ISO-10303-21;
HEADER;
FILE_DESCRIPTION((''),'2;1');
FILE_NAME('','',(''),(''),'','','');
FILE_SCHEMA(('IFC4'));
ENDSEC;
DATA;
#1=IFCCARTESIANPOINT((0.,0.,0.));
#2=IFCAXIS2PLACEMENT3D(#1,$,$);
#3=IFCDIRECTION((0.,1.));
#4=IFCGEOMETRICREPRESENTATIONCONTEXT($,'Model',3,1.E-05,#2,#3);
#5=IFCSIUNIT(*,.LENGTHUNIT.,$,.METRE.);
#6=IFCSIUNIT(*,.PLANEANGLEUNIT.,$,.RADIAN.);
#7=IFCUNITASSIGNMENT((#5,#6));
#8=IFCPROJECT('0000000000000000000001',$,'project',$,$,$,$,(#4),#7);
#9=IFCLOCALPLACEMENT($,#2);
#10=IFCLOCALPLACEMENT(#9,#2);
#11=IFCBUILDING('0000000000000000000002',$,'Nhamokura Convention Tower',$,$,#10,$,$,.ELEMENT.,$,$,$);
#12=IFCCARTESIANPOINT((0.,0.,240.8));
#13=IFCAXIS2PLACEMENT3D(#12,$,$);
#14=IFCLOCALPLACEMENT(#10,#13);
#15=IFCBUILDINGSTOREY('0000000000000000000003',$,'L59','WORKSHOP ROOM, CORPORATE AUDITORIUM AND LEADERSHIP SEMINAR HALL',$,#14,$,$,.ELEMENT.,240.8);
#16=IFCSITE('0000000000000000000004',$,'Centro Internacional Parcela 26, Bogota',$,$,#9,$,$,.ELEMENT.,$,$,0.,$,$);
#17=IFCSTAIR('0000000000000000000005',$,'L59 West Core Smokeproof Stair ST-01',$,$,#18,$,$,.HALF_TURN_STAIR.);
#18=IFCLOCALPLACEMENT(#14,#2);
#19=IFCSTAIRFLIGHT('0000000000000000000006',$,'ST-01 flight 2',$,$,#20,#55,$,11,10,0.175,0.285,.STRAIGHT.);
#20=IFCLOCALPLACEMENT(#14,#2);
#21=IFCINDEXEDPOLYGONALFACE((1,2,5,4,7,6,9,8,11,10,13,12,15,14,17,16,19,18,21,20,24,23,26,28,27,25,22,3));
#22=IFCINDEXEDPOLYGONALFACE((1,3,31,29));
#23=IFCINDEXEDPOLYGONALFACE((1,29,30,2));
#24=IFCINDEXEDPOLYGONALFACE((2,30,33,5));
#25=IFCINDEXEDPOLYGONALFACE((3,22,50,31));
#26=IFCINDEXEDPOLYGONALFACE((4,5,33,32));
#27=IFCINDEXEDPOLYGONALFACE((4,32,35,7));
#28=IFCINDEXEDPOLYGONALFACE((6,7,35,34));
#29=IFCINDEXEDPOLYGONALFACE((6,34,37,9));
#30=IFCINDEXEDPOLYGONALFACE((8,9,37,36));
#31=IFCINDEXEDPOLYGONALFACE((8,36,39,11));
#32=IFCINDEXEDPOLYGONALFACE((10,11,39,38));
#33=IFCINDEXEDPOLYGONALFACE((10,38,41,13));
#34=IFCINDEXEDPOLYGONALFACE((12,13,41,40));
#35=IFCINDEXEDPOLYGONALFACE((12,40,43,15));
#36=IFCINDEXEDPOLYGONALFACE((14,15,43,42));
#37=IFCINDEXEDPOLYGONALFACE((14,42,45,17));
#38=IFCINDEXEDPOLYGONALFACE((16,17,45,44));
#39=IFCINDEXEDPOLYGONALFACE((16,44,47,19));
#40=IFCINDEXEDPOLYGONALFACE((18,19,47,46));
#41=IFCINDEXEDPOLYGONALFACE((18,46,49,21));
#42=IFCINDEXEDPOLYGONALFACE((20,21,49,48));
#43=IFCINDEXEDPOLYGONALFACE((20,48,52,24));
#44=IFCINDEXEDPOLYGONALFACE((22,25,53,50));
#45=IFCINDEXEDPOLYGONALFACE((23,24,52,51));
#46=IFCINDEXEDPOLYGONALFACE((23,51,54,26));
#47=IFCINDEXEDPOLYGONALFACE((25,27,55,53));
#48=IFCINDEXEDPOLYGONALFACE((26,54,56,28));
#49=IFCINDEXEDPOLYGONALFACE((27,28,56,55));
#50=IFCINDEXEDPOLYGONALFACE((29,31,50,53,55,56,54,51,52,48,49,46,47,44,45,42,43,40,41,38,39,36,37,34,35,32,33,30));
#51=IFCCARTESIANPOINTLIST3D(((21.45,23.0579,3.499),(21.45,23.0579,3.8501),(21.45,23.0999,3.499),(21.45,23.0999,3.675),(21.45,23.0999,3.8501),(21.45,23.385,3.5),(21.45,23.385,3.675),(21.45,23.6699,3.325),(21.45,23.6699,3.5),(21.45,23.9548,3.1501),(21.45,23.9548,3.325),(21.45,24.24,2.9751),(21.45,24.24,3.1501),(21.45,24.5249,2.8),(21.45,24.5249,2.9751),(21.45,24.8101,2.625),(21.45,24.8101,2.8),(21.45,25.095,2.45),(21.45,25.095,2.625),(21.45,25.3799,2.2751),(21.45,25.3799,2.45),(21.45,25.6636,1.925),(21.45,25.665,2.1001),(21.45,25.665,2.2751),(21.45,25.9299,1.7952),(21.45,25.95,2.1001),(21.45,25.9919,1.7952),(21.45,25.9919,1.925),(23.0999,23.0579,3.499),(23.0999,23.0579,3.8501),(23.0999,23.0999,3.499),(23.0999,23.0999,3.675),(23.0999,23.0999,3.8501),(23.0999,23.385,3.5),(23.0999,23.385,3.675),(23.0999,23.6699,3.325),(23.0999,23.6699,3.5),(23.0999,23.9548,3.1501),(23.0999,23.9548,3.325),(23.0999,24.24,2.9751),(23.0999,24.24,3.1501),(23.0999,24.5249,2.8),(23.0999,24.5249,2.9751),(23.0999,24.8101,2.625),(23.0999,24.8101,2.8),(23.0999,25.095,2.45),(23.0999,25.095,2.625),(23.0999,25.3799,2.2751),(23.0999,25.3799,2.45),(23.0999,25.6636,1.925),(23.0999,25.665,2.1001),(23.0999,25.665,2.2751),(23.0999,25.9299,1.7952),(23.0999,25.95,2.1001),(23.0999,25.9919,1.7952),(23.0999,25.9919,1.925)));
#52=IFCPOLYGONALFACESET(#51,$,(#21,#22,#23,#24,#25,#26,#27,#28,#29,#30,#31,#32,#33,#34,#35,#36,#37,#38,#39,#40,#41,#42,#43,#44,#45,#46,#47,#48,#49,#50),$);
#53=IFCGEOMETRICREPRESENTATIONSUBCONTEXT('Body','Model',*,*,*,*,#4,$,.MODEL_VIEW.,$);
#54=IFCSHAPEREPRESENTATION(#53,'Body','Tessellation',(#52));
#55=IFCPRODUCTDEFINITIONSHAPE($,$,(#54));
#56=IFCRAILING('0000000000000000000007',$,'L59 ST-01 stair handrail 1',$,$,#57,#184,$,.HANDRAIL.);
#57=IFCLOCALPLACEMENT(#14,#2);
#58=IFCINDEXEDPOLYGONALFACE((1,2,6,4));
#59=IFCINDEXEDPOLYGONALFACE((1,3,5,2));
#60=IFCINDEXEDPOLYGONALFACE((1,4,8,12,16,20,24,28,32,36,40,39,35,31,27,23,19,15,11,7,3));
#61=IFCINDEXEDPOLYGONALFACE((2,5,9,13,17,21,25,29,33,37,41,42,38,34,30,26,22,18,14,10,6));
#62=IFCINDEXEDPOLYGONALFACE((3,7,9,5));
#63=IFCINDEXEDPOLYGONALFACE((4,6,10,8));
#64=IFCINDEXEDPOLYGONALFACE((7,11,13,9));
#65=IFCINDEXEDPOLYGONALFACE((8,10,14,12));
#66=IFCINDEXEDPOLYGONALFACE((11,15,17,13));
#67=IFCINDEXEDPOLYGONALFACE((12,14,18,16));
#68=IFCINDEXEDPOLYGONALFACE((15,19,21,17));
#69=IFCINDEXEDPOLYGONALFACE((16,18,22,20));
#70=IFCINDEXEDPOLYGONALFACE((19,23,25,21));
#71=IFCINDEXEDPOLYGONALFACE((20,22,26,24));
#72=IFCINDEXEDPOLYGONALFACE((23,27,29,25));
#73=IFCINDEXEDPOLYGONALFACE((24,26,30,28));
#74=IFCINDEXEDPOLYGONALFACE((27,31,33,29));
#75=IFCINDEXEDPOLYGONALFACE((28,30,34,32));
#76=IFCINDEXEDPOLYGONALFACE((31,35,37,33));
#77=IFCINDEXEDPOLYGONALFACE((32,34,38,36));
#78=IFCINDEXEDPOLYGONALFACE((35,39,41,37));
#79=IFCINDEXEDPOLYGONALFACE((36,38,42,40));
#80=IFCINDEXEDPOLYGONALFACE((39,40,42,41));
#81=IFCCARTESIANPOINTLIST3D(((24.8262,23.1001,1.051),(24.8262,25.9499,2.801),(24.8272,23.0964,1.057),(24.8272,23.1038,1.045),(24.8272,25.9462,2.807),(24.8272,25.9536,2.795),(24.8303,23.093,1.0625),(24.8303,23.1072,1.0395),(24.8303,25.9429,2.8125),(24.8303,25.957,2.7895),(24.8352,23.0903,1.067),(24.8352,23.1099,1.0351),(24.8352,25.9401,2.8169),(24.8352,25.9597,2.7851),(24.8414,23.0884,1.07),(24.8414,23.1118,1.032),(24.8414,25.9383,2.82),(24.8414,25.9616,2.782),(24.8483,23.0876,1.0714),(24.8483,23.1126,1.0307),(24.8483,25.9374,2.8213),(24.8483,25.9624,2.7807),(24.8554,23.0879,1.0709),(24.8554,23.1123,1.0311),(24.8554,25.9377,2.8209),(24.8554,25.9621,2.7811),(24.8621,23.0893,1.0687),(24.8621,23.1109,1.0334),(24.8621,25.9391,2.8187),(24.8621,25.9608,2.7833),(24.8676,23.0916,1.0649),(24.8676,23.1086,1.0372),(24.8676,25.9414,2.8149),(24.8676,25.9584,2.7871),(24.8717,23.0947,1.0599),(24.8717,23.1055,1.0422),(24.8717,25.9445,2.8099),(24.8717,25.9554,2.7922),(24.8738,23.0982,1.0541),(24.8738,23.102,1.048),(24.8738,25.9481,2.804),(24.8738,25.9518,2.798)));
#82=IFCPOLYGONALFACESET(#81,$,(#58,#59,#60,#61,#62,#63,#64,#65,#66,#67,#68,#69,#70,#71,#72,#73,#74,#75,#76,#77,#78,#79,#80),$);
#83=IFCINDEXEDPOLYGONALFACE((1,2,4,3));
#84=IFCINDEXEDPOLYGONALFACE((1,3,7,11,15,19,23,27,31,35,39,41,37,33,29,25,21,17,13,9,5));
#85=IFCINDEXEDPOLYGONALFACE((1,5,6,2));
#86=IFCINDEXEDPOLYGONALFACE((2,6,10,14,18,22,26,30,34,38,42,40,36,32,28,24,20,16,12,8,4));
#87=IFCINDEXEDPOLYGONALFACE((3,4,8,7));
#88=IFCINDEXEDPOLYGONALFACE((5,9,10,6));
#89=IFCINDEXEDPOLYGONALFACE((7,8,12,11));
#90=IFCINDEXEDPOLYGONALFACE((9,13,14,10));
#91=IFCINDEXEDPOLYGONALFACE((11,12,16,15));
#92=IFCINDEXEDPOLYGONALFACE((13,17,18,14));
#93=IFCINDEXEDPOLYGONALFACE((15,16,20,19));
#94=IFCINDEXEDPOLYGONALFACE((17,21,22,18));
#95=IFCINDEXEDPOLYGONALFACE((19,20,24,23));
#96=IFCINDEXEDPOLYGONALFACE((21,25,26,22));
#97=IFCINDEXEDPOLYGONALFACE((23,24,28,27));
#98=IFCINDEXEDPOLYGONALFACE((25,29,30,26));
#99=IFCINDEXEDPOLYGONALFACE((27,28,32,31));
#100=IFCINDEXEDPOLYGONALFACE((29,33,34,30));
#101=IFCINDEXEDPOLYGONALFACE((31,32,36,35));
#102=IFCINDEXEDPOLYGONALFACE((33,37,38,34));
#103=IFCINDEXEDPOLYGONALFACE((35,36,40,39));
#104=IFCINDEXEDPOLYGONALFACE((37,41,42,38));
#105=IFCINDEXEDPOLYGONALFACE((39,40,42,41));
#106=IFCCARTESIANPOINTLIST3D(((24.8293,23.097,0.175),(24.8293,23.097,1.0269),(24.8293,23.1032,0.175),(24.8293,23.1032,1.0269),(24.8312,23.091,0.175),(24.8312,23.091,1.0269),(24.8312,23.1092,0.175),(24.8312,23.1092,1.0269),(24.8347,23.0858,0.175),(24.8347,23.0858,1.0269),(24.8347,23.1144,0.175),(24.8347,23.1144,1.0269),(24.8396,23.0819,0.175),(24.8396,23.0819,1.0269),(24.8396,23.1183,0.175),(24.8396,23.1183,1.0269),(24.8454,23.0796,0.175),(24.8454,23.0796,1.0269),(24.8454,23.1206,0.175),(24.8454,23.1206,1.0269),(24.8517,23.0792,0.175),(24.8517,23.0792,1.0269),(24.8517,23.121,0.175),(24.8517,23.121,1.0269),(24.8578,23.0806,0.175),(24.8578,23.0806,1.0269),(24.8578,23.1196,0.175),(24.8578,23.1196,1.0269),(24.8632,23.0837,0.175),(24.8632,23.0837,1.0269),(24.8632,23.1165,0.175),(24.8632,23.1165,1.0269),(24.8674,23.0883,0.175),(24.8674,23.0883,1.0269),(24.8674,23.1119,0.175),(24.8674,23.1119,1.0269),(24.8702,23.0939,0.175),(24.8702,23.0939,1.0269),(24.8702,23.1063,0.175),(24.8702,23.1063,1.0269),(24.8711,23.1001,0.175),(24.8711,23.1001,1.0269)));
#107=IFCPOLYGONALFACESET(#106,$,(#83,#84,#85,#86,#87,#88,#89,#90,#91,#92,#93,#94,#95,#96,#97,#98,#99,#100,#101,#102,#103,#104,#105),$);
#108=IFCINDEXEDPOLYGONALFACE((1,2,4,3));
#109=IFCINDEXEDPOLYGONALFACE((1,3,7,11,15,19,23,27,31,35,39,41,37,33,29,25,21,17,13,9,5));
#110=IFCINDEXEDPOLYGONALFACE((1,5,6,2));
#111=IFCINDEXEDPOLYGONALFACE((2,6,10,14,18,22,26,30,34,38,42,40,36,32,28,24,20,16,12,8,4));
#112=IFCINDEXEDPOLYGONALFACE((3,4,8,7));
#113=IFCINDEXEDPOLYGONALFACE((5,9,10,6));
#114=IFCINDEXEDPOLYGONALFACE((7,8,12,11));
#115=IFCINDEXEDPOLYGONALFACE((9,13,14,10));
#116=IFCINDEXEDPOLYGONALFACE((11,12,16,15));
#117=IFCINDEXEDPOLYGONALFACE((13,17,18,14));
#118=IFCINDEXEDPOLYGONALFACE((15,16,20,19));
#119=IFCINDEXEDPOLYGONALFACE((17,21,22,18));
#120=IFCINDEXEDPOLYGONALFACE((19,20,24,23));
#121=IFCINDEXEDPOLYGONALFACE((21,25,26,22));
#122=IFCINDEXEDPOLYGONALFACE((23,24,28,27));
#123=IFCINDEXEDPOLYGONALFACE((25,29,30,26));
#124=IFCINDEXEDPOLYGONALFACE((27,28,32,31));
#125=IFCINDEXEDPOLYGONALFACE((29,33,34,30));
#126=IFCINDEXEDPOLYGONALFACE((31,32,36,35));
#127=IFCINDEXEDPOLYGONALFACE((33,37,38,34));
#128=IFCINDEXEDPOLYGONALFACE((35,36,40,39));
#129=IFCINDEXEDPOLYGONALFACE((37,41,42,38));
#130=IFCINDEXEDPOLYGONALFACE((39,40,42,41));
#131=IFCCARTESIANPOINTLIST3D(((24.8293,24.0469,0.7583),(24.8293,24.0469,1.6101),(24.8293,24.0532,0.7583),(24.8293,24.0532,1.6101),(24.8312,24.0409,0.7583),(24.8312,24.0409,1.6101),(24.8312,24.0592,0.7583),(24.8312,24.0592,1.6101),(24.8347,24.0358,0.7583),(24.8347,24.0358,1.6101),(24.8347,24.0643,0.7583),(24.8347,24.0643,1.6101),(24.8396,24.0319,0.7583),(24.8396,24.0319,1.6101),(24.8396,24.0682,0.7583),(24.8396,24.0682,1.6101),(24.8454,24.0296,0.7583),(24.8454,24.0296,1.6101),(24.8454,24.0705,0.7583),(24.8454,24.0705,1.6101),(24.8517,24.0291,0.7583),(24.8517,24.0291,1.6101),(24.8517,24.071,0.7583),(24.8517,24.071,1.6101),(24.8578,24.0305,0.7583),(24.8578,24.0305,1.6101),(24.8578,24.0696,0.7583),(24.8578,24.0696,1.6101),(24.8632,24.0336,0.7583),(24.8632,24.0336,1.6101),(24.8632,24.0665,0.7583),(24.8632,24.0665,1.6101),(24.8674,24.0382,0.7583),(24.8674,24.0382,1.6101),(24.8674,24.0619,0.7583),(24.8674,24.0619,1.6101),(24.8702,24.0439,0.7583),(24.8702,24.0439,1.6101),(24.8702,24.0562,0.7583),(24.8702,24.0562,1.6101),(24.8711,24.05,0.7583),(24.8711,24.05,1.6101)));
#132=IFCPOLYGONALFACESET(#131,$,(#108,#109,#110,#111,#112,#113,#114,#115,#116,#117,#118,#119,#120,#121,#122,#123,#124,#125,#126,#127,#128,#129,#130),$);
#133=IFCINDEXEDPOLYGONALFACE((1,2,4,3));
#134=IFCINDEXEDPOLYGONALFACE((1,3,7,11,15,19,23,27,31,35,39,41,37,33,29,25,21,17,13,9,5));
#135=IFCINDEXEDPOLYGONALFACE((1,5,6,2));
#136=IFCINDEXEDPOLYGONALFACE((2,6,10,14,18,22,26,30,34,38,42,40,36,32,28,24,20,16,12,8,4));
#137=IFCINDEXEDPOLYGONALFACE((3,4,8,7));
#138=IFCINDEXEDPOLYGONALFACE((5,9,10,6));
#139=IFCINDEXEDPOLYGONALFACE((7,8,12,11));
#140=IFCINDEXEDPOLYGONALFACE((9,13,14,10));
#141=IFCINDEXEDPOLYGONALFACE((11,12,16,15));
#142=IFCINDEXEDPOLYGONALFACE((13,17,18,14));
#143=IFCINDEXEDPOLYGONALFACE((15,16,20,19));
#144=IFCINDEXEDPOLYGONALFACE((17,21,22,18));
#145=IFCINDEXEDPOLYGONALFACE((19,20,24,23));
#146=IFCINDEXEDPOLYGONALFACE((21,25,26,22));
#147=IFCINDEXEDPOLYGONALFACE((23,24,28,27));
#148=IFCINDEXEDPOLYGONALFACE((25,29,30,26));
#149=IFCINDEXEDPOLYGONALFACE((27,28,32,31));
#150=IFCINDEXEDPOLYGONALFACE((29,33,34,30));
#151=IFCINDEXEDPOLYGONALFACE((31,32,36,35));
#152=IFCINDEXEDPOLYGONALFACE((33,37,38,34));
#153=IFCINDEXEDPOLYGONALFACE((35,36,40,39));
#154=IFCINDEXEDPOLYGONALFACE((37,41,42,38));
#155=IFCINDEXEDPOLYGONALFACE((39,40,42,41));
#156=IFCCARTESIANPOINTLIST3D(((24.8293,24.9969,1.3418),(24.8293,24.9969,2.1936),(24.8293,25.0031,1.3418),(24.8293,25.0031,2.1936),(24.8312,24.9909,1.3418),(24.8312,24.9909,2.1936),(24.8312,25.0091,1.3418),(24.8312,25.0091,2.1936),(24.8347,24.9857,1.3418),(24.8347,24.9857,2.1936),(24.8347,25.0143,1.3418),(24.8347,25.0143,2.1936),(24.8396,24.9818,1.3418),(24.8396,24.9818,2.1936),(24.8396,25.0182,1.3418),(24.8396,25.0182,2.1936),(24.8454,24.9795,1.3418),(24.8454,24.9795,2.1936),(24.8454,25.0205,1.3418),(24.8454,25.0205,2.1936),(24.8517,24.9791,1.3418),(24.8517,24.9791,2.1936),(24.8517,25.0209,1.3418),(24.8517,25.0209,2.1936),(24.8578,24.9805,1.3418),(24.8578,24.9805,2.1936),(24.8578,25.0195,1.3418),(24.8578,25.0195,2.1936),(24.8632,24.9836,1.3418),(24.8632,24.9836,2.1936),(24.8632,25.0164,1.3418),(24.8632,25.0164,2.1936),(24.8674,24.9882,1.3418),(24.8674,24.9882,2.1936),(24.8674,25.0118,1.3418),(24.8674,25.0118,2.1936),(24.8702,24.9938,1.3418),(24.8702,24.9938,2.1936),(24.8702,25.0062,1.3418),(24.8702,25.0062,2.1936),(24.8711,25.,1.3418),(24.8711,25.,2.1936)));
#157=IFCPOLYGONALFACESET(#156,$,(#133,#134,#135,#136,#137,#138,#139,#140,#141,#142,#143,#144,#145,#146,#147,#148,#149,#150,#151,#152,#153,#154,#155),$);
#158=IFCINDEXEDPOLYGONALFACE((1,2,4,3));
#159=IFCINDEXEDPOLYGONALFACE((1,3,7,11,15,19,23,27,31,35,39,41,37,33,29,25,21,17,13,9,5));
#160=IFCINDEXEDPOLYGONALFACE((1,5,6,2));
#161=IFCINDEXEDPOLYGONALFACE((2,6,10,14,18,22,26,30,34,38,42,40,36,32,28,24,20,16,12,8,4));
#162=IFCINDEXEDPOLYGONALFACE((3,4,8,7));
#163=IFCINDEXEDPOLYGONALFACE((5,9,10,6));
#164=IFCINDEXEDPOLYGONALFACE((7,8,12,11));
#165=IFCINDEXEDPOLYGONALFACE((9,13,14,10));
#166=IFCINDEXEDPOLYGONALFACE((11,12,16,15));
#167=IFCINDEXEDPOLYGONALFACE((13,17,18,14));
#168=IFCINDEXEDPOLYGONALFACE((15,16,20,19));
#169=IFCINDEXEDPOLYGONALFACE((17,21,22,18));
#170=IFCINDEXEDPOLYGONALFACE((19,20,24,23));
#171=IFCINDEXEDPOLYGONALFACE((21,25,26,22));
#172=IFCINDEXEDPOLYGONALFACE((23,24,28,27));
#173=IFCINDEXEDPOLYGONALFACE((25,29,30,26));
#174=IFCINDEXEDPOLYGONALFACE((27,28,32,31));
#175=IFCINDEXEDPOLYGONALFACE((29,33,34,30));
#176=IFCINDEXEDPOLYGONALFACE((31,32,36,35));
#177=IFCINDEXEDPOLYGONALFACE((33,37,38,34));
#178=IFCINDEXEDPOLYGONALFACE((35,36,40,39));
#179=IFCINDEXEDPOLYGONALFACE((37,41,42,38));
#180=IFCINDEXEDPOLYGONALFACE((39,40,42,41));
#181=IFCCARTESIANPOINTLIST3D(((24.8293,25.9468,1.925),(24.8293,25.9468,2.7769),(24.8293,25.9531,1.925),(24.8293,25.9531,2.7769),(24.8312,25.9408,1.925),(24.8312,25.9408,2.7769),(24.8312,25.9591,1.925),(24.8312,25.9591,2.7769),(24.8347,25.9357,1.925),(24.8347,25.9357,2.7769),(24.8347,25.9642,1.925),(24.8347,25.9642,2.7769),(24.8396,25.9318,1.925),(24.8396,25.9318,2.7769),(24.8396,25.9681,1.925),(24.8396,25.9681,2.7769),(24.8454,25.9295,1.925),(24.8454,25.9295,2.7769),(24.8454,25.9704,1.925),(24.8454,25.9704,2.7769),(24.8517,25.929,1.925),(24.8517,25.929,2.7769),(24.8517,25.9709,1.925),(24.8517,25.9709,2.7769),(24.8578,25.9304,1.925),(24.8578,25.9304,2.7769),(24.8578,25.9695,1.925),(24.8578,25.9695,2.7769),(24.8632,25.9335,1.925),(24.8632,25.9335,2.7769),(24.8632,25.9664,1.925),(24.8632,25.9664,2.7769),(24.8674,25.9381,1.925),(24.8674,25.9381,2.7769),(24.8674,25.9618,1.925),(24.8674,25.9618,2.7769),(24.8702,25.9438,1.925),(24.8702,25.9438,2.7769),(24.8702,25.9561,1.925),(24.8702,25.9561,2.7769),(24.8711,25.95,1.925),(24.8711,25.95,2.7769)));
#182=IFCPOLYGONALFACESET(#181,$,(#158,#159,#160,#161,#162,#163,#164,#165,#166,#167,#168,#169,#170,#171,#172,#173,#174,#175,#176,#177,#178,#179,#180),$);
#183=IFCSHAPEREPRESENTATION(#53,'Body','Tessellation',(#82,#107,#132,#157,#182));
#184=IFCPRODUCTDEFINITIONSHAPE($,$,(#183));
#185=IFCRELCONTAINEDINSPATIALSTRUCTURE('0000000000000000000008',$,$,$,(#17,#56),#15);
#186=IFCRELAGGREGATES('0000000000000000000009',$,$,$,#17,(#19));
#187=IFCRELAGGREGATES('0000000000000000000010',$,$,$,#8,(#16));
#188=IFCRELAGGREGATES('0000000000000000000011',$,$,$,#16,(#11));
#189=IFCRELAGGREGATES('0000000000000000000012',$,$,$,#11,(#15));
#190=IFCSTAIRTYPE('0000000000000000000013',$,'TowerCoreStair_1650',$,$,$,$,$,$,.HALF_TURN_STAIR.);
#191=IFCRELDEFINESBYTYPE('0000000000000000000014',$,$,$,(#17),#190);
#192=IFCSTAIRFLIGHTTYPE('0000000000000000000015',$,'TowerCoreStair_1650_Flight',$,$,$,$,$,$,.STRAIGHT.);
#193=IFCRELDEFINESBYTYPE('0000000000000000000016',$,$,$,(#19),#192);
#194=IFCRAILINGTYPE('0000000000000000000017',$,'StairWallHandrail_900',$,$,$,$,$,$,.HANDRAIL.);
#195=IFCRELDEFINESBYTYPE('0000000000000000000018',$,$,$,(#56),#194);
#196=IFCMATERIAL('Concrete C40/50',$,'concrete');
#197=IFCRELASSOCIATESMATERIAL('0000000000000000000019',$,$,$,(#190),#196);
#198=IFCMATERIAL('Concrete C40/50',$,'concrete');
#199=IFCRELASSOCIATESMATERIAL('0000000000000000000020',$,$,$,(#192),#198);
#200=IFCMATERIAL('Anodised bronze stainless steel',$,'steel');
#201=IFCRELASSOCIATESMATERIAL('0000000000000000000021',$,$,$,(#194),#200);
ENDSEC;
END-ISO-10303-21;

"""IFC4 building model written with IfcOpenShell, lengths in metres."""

from ifc_helpers import new_model, si_unit, direction, frame, origin, origin_2d, place, context, subcontext, project, spatial, polyline, circle, outline, extrude, material, type_object, element, aggregate, save


model = new_model("IFC4")

# Units and contexts
model_context = context("Model", 3, precision=1e-05, world=origin(), true_north=direction((0.0, 1.0)))
body_context = subcontext(model_context, "Body", "Model", "MODEL_VIEW")
ifc_project = project(units=[si_unit("LENGTHUNIT", "METRE"), si_unit("PLANEANGLEUNIT", "RADIAN")], contexts=[model_context])

# Site, building, storey
site_placement = place(None, origin())
site = spatial("IfcSite", under=ifc_project, at=site_placement, Name="Centro Internacional Parcela 26, Bogota", CompositionType="ELEMENT", RefElevation=0.0)
building_placement = place(site_placement, origin())
building = spatial("IfcBuilding", under=site, at=building_placement, Name="Nhamokura Convention Tower", CompositionType="ELEMENT")
storey_placement = place(building_placement, frame((0.0, 0.0, 240.8)))
storey = spatial("IfcBuildingStorey", under=building, at=storey_placement, Name="L59", Description="WORKSHOP ROOM, CORPORATE AUDITORIUM AND LEADERSHIP SEMINAR HALL", CompositionType="ELEMENT", Elevation=240.8)

# Stair, stair flight
ifc_material_1 = material(Name="Concrete C40/50", Category="concrete")
stair_type = type_object("IfcStairType", Name="TowerCoreStair_1650", PredefinedType="HALF_TURN_STAIR", material=ifc_material_1)
stair_placement = place(storey_placement, origin())
stair = element("IfcStair", 1, at=stair_placement, inside=storey, type_object=stair_type, Name="L59 West Core Smokeproof Stair ST-01", PredefinedType="HALF_TURN_STAIR")
ifc_material_2 = material(Name="Concrete C40/50", Category="concrete")
stair_flight_type = type_object("IfcStairFlightType", Name="TowerCoreStair_1650_Flight", PredefinedType="STRAIGHT", material=ifc_material_2)
stair_flight_1_placement = place(storey_placement, frame((22.2749, 25.95, 1.925), z_axis=(0.0, 0.0, 1.0), x_axis=(0.0, -1.0, 0.0)))
stair_flight_1 = element("IfcStairFlight", 2, at=stair_flight_1_placement, type_object=stair_flight_type, Name="ST-01 flight 2", NumberOfRisers=11, NumberOfTreads=10, PredefinedType="STRAIGHT", RiserHeight=0.175, TreadLength=0.285, context=body_context, shape_type="SweptSolid", body=[
    extrude(outline(polyline([(-0.042, 0.0), (0.0, 0.175), (0.2849, 0.175), (0.2849, 0.3501), (0.5701, 0.3501), (0.5701, 0.5249), (0.855, 0.5249), (0.855, 0.7), (1.1399, 0.7), (1.1399, 0.875), (1.425, 0.875), (1.425, 1.05), (1.71, 1.05), (1.71, 1.2251), (1.9951, 1.2251), (1.9951, 1.3999), (2.28, 1.3999), (2.28, 1.575), (2.5649, 1.575), (2.5649, 1.75), (2.8501, 1.75), (2.8501, 1.925), (2.8921, 1.925), (2.8921, 1.574), (2.8501, 1.574), (0.2864, 0.0), (0.02, -0.1299), (-0.042, -0.1299), (-0.042, 0.0)])), frame((0.0, 0.825, 0.0), z_axis=(0.0, -1.0, 0.0), x_axis=(1.0, 0.0, 0.0)), (0.0, 0.0, 1.0), 1.6499),
])
aggregate(stair, [stair_flight_1])

# Railing
ifc_material_3 = material(Name="Anodised bronze stainless steel", Category="steel")
railing_type_1 = type_object("IfcRailingType", Name="StairWallHandrail_900", PredefinedType="HANDRAIL", material=ifc_material_3)
railing_1_placement = place(storey_placement, frame((24.8501, 23.1001, 0.175)))
element("IfcRailing", 3, at=railing_1_placement, inside=storey, type_object=railing_type_1, Name="L59 ST-01 stair handrail 1", PredefinedType="HANDRAIL", context=body_context, shape_type="SweptSolid", body=[
    extrude(circle(Radius=0.0239, at=origin_2d()), frame((0.0, 0.0, 0.876), z_axis=(0.0, 0.852159, 0.523283), x_axis=(-1.0, 0.0, 0.0)), (0.0, 0.0, 1.0), 3.3442),
    extrude(circle(Radius=0.021, at=origin_2d()), origin(), (0.0, 0.0, 1.0), 0.8518),
    extrude(circle(Radius=0.021, at=origin_2d()), frame((0.0, 0.95, 0.5833)), (0.0, 0.0, 1.0), 0.8518),
    extrude(circle(Radius=0.021, at=origin_2d()), frame((0.0, 1.8999, 1.1667)), (0.0, 0.0, 1.0), 0.8518),
    extrude(circle(Radius=0.021, at=origin_2d()), frame((0.0, 2.8499, 1.75)), (0.0, 0.0, 1.0), 0.8518),
])

save(model, "model.ifc")
